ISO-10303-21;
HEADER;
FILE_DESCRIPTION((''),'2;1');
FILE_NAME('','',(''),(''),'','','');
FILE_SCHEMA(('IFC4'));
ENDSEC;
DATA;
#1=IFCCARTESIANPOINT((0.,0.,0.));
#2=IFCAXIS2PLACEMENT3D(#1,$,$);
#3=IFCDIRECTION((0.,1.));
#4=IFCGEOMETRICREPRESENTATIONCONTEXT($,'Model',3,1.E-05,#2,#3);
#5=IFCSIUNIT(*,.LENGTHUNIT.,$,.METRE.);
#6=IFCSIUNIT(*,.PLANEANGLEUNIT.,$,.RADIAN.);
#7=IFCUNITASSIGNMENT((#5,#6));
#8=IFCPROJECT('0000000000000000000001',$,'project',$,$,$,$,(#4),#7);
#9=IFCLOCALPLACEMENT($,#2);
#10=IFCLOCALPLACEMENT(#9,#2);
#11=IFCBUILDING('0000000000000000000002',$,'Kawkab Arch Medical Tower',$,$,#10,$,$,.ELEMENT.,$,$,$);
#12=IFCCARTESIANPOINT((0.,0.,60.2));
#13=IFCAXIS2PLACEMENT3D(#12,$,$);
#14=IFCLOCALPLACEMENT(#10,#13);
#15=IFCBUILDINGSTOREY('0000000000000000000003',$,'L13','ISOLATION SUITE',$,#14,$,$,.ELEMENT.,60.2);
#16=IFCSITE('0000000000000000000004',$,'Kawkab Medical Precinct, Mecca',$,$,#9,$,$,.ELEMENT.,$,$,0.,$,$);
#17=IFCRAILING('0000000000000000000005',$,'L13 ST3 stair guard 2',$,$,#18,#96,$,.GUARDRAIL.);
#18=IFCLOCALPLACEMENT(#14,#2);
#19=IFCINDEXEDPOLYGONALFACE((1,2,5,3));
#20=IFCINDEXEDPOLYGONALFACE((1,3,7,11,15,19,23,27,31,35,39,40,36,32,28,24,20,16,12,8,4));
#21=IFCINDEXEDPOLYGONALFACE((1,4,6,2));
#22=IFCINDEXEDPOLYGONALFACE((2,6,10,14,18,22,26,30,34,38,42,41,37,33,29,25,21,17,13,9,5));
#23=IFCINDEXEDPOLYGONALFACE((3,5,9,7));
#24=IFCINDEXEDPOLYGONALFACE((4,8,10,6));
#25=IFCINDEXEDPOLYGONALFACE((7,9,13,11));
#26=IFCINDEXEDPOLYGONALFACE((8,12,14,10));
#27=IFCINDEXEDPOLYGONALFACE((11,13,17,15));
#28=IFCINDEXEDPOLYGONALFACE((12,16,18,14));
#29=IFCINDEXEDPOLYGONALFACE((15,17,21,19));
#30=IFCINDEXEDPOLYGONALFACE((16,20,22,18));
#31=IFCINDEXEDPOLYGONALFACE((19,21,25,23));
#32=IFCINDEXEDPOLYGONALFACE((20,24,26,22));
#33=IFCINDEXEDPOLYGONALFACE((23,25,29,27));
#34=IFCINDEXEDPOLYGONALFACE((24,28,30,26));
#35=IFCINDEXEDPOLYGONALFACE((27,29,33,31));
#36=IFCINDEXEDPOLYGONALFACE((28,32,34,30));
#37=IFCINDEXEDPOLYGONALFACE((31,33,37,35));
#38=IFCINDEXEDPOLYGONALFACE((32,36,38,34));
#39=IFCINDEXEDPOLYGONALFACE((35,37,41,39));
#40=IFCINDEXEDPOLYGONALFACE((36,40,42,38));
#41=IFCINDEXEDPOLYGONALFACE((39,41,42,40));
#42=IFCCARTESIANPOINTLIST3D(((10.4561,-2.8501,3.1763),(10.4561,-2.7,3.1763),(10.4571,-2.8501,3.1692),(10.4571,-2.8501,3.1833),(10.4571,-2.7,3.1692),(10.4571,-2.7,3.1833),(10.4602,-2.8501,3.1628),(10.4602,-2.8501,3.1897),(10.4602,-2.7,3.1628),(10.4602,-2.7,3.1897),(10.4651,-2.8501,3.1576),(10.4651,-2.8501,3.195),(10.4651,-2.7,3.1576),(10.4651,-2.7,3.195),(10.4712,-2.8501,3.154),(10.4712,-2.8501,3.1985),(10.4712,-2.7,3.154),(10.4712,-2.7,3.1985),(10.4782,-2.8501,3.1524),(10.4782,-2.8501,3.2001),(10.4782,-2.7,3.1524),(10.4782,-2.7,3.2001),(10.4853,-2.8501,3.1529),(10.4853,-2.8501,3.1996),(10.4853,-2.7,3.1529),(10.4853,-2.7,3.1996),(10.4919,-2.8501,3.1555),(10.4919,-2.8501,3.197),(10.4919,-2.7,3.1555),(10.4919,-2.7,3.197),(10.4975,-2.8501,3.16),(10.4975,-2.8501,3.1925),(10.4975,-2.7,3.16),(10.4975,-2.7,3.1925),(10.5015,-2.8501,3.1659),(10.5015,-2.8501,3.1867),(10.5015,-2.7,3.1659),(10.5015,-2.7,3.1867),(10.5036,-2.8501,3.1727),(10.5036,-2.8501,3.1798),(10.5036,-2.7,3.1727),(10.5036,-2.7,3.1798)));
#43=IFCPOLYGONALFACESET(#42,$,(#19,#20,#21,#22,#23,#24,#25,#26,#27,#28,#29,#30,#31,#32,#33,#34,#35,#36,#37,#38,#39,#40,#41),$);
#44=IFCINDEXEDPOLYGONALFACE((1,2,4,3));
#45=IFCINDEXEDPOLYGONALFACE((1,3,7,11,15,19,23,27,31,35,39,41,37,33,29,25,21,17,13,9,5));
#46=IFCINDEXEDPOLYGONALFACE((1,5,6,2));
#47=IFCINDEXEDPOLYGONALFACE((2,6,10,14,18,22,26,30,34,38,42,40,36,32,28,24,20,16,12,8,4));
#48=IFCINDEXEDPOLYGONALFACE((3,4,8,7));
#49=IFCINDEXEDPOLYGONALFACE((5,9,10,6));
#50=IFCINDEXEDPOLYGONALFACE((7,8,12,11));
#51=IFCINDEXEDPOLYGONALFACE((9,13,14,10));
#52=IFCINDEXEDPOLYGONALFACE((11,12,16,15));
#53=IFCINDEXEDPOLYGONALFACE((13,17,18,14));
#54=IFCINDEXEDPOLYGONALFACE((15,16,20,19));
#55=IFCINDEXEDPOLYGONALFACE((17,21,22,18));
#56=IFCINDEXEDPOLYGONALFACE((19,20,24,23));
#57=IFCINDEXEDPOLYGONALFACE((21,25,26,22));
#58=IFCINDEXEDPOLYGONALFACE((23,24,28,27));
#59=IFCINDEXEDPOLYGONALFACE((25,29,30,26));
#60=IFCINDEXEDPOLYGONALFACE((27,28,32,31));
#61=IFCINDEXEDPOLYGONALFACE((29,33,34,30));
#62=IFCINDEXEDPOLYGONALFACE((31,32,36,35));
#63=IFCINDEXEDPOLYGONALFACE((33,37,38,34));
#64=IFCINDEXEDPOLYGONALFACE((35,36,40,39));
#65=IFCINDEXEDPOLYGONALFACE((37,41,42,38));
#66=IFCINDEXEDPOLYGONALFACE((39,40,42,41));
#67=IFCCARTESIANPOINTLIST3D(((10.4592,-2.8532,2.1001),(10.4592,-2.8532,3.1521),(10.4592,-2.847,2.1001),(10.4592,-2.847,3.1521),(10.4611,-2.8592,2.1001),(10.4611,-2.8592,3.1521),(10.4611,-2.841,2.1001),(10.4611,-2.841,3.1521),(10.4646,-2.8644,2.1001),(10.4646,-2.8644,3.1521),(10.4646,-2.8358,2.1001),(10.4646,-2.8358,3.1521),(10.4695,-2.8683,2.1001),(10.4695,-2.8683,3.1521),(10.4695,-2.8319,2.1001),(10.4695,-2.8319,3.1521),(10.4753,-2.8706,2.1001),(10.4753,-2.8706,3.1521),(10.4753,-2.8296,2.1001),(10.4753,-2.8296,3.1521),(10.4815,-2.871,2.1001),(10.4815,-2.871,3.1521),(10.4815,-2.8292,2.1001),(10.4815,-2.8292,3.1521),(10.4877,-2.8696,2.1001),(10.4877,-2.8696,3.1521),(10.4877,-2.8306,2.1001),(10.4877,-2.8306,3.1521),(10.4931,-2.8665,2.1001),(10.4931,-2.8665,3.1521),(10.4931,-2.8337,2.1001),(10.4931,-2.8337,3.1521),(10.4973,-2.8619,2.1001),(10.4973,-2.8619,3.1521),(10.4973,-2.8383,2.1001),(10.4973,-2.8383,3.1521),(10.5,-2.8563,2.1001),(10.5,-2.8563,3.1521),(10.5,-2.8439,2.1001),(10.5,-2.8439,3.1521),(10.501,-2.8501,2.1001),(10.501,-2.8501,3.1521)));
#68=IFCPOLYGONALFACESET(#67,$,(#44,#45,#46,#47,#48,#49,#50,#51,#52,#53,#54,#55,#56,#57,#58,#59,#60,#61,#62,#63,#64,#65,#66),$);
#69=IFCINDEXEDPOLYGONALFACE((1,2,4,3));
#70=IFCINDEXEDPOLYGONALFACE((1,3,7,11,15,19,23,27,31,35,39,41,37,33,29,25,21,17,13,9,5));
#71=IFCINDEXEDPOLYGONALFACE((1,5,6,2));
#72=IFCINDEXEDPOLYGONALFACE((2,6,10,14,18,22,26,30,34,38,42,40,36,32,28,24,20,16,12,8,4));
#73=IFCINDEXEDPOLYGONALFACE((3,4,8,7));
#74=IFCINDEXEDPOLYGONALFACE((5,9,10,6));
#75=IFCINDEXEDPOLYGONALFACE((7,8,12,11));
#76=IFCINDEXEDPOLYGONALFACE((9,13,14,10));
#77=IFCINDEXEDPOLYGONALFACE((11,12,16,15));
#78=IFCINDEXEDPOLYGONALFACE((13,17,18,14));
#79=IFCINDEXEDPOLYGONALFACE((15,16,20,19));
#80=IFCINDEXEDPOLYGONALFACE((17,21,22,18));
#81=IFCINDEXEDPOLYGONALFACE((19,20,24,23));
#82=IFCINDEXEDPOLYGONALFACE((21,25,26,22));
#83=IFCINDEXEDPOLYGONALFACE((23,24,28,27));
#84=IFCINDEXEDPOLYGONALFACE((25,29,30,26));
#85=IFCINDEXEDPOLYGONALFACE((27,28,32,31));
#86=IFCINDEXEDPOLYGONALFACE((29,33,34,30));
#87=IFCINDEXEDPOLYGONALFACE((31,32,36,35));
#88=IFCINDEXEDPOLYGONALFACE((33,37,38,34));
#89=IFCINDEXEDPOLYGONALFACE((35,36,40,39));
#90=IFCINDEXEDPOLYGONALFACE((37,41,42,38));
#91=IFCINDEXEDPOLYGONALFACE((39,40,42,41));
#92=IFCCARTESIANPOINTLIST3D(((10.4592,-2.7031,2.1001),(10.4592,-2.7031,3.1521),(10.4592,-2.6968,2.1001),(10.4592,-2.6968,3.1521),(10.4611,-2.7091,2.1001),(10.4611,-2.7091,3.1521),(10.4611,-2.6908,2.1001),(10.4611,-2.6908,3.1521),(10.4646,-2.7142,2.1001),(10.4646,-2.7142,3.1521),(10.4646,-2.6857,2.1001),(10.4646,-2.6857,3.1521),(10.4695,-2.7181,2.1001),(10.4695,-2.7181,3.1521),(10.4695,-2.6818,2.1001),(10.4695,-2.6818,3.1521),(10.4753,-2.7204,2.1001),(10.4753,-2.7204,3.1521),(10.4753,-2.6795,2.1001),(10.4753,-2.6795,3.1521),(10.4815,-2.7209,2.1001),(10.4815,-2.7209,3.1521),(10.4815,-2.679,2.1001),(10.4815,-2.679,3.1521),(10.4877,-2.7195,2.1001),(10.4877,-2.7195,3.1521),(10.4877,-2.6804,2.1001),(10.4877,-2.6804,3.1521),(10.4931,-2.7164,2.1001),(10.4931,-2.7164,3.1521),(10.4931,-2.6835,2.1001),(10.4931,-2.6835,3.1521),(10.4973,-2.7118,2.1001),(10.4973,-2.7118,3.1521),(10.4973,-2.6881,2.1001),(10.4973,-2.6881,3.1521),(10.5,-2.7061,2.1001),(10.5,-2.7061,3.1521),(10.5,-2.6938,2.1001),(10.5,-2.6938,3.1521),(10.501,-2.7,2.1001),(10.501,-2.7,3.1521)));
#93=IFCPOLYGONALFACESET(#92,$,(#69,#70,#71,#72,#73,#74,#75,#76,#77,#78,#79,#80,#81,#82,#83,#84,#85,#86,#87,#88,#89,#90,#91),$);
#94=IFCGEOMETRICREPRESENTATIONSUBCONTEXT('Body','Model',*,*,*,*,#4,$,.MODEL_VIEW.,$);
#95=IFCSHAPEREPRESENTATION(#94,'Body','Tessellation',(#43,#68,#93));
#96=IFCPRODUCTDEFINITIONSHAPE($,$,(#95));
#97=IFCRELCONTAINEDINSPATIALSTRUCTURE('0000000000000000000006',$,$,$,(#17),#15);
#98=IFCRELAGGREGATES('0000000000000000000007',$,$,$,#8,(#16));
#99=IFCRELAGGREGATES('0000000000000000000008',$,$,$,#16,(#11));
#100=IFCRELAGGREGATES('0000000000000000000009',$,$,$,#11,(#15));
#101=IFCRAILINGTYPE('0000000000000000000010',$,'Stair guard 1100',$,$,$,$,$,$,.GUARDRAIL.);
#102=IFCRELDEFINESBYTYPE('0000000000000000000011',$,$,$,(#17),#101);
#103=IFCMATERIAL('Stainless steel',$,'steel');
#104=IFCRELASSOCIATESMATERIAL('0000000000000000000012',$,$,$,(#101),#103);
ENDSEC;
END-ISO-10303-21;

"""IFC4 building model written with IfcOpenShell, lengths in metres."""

from ifc_helpers import new_model, si_unit, direction, frame, origin, origin_2d, place, context, subcontext, project, spatial, circle, extrude, material, type_object, element, save


model = new_model("IFC4")

# Units and contexts
model_context = context("Model", 3, precision=1e-05, world=origin(), true_north=direction((0.0, 1.0)))
body_context = subcontext(model_context, "Body", "Model", "MODEL_VIEW")
ifc_project = project(units=[si_unit("LENGTHUNIT", "METRE"), si_unit("PLANEANGLEUNIT", "RADIAN")], contexts=[model_context])

# Site, building, storey
site_placement = place(None, origin())
site = spatial("IfcSite", under=ifc_project, at=site_placement, Name="Kawkab Medical Precinct, Mecca", CompositionType="ELEMENT", RefElevation=0.0)
building_placement = place(site_placement, origin())
building = spatial("IfcBuilding", under=site, at=building_placement, Name="Kawkab Arch Medical Tower", CompositionType="ELEMENT")
storey_placement = place(building_placement, frame((0.0, 0.0, 60.2)))
storey = spatial("IfcBuildingStorey", under=building, at=storey_placement, Name="L13", Description="ISOLATION SUITE", CompositionType="ELEMENT", Elevation=60.2)

# Railing
ifc_material_1 = material(Name="Stainless steel", Category="steel")
railing_type_1 = type_object("IfcRailingType", Name="Stair guard 1100", PredefinedType="GUARDRAIL", material=ifc_material_1)
railing_1_placement = place(storey_placement, frame((10.48, -2.8501, 2.1001)))
element("IfcRailing", 1, at=railing_1_placement, inside=storey, type_object=railing_type_1, Name="L13 ST3 stair guard 2", PredefinedType="GUARDRAIL", context=body_context, shape_type="SweptSolid", body=[
    extrude(circle(Radius=0.0239, at=origin_2d()), frame((0.0, 0.0, 1.0762), z_axis=(0.0, 1.0, 0.0), x_axis=(-1.0, 0.0, 0.0)), (0.0, 0.0, 1.0), 0.1501),
    extrude(circle(Radius=0.021, at=origin_2d()), origin(), (0.0, 0.0, 1.0), 1.052),
    extrude(circle(Radius=0.021, at=origin_2d()), frame((0.0, 0.1501, 0.0)), (0.0, 0.0, 1.0), 1.052),
])

save(model, "model.ifc")
